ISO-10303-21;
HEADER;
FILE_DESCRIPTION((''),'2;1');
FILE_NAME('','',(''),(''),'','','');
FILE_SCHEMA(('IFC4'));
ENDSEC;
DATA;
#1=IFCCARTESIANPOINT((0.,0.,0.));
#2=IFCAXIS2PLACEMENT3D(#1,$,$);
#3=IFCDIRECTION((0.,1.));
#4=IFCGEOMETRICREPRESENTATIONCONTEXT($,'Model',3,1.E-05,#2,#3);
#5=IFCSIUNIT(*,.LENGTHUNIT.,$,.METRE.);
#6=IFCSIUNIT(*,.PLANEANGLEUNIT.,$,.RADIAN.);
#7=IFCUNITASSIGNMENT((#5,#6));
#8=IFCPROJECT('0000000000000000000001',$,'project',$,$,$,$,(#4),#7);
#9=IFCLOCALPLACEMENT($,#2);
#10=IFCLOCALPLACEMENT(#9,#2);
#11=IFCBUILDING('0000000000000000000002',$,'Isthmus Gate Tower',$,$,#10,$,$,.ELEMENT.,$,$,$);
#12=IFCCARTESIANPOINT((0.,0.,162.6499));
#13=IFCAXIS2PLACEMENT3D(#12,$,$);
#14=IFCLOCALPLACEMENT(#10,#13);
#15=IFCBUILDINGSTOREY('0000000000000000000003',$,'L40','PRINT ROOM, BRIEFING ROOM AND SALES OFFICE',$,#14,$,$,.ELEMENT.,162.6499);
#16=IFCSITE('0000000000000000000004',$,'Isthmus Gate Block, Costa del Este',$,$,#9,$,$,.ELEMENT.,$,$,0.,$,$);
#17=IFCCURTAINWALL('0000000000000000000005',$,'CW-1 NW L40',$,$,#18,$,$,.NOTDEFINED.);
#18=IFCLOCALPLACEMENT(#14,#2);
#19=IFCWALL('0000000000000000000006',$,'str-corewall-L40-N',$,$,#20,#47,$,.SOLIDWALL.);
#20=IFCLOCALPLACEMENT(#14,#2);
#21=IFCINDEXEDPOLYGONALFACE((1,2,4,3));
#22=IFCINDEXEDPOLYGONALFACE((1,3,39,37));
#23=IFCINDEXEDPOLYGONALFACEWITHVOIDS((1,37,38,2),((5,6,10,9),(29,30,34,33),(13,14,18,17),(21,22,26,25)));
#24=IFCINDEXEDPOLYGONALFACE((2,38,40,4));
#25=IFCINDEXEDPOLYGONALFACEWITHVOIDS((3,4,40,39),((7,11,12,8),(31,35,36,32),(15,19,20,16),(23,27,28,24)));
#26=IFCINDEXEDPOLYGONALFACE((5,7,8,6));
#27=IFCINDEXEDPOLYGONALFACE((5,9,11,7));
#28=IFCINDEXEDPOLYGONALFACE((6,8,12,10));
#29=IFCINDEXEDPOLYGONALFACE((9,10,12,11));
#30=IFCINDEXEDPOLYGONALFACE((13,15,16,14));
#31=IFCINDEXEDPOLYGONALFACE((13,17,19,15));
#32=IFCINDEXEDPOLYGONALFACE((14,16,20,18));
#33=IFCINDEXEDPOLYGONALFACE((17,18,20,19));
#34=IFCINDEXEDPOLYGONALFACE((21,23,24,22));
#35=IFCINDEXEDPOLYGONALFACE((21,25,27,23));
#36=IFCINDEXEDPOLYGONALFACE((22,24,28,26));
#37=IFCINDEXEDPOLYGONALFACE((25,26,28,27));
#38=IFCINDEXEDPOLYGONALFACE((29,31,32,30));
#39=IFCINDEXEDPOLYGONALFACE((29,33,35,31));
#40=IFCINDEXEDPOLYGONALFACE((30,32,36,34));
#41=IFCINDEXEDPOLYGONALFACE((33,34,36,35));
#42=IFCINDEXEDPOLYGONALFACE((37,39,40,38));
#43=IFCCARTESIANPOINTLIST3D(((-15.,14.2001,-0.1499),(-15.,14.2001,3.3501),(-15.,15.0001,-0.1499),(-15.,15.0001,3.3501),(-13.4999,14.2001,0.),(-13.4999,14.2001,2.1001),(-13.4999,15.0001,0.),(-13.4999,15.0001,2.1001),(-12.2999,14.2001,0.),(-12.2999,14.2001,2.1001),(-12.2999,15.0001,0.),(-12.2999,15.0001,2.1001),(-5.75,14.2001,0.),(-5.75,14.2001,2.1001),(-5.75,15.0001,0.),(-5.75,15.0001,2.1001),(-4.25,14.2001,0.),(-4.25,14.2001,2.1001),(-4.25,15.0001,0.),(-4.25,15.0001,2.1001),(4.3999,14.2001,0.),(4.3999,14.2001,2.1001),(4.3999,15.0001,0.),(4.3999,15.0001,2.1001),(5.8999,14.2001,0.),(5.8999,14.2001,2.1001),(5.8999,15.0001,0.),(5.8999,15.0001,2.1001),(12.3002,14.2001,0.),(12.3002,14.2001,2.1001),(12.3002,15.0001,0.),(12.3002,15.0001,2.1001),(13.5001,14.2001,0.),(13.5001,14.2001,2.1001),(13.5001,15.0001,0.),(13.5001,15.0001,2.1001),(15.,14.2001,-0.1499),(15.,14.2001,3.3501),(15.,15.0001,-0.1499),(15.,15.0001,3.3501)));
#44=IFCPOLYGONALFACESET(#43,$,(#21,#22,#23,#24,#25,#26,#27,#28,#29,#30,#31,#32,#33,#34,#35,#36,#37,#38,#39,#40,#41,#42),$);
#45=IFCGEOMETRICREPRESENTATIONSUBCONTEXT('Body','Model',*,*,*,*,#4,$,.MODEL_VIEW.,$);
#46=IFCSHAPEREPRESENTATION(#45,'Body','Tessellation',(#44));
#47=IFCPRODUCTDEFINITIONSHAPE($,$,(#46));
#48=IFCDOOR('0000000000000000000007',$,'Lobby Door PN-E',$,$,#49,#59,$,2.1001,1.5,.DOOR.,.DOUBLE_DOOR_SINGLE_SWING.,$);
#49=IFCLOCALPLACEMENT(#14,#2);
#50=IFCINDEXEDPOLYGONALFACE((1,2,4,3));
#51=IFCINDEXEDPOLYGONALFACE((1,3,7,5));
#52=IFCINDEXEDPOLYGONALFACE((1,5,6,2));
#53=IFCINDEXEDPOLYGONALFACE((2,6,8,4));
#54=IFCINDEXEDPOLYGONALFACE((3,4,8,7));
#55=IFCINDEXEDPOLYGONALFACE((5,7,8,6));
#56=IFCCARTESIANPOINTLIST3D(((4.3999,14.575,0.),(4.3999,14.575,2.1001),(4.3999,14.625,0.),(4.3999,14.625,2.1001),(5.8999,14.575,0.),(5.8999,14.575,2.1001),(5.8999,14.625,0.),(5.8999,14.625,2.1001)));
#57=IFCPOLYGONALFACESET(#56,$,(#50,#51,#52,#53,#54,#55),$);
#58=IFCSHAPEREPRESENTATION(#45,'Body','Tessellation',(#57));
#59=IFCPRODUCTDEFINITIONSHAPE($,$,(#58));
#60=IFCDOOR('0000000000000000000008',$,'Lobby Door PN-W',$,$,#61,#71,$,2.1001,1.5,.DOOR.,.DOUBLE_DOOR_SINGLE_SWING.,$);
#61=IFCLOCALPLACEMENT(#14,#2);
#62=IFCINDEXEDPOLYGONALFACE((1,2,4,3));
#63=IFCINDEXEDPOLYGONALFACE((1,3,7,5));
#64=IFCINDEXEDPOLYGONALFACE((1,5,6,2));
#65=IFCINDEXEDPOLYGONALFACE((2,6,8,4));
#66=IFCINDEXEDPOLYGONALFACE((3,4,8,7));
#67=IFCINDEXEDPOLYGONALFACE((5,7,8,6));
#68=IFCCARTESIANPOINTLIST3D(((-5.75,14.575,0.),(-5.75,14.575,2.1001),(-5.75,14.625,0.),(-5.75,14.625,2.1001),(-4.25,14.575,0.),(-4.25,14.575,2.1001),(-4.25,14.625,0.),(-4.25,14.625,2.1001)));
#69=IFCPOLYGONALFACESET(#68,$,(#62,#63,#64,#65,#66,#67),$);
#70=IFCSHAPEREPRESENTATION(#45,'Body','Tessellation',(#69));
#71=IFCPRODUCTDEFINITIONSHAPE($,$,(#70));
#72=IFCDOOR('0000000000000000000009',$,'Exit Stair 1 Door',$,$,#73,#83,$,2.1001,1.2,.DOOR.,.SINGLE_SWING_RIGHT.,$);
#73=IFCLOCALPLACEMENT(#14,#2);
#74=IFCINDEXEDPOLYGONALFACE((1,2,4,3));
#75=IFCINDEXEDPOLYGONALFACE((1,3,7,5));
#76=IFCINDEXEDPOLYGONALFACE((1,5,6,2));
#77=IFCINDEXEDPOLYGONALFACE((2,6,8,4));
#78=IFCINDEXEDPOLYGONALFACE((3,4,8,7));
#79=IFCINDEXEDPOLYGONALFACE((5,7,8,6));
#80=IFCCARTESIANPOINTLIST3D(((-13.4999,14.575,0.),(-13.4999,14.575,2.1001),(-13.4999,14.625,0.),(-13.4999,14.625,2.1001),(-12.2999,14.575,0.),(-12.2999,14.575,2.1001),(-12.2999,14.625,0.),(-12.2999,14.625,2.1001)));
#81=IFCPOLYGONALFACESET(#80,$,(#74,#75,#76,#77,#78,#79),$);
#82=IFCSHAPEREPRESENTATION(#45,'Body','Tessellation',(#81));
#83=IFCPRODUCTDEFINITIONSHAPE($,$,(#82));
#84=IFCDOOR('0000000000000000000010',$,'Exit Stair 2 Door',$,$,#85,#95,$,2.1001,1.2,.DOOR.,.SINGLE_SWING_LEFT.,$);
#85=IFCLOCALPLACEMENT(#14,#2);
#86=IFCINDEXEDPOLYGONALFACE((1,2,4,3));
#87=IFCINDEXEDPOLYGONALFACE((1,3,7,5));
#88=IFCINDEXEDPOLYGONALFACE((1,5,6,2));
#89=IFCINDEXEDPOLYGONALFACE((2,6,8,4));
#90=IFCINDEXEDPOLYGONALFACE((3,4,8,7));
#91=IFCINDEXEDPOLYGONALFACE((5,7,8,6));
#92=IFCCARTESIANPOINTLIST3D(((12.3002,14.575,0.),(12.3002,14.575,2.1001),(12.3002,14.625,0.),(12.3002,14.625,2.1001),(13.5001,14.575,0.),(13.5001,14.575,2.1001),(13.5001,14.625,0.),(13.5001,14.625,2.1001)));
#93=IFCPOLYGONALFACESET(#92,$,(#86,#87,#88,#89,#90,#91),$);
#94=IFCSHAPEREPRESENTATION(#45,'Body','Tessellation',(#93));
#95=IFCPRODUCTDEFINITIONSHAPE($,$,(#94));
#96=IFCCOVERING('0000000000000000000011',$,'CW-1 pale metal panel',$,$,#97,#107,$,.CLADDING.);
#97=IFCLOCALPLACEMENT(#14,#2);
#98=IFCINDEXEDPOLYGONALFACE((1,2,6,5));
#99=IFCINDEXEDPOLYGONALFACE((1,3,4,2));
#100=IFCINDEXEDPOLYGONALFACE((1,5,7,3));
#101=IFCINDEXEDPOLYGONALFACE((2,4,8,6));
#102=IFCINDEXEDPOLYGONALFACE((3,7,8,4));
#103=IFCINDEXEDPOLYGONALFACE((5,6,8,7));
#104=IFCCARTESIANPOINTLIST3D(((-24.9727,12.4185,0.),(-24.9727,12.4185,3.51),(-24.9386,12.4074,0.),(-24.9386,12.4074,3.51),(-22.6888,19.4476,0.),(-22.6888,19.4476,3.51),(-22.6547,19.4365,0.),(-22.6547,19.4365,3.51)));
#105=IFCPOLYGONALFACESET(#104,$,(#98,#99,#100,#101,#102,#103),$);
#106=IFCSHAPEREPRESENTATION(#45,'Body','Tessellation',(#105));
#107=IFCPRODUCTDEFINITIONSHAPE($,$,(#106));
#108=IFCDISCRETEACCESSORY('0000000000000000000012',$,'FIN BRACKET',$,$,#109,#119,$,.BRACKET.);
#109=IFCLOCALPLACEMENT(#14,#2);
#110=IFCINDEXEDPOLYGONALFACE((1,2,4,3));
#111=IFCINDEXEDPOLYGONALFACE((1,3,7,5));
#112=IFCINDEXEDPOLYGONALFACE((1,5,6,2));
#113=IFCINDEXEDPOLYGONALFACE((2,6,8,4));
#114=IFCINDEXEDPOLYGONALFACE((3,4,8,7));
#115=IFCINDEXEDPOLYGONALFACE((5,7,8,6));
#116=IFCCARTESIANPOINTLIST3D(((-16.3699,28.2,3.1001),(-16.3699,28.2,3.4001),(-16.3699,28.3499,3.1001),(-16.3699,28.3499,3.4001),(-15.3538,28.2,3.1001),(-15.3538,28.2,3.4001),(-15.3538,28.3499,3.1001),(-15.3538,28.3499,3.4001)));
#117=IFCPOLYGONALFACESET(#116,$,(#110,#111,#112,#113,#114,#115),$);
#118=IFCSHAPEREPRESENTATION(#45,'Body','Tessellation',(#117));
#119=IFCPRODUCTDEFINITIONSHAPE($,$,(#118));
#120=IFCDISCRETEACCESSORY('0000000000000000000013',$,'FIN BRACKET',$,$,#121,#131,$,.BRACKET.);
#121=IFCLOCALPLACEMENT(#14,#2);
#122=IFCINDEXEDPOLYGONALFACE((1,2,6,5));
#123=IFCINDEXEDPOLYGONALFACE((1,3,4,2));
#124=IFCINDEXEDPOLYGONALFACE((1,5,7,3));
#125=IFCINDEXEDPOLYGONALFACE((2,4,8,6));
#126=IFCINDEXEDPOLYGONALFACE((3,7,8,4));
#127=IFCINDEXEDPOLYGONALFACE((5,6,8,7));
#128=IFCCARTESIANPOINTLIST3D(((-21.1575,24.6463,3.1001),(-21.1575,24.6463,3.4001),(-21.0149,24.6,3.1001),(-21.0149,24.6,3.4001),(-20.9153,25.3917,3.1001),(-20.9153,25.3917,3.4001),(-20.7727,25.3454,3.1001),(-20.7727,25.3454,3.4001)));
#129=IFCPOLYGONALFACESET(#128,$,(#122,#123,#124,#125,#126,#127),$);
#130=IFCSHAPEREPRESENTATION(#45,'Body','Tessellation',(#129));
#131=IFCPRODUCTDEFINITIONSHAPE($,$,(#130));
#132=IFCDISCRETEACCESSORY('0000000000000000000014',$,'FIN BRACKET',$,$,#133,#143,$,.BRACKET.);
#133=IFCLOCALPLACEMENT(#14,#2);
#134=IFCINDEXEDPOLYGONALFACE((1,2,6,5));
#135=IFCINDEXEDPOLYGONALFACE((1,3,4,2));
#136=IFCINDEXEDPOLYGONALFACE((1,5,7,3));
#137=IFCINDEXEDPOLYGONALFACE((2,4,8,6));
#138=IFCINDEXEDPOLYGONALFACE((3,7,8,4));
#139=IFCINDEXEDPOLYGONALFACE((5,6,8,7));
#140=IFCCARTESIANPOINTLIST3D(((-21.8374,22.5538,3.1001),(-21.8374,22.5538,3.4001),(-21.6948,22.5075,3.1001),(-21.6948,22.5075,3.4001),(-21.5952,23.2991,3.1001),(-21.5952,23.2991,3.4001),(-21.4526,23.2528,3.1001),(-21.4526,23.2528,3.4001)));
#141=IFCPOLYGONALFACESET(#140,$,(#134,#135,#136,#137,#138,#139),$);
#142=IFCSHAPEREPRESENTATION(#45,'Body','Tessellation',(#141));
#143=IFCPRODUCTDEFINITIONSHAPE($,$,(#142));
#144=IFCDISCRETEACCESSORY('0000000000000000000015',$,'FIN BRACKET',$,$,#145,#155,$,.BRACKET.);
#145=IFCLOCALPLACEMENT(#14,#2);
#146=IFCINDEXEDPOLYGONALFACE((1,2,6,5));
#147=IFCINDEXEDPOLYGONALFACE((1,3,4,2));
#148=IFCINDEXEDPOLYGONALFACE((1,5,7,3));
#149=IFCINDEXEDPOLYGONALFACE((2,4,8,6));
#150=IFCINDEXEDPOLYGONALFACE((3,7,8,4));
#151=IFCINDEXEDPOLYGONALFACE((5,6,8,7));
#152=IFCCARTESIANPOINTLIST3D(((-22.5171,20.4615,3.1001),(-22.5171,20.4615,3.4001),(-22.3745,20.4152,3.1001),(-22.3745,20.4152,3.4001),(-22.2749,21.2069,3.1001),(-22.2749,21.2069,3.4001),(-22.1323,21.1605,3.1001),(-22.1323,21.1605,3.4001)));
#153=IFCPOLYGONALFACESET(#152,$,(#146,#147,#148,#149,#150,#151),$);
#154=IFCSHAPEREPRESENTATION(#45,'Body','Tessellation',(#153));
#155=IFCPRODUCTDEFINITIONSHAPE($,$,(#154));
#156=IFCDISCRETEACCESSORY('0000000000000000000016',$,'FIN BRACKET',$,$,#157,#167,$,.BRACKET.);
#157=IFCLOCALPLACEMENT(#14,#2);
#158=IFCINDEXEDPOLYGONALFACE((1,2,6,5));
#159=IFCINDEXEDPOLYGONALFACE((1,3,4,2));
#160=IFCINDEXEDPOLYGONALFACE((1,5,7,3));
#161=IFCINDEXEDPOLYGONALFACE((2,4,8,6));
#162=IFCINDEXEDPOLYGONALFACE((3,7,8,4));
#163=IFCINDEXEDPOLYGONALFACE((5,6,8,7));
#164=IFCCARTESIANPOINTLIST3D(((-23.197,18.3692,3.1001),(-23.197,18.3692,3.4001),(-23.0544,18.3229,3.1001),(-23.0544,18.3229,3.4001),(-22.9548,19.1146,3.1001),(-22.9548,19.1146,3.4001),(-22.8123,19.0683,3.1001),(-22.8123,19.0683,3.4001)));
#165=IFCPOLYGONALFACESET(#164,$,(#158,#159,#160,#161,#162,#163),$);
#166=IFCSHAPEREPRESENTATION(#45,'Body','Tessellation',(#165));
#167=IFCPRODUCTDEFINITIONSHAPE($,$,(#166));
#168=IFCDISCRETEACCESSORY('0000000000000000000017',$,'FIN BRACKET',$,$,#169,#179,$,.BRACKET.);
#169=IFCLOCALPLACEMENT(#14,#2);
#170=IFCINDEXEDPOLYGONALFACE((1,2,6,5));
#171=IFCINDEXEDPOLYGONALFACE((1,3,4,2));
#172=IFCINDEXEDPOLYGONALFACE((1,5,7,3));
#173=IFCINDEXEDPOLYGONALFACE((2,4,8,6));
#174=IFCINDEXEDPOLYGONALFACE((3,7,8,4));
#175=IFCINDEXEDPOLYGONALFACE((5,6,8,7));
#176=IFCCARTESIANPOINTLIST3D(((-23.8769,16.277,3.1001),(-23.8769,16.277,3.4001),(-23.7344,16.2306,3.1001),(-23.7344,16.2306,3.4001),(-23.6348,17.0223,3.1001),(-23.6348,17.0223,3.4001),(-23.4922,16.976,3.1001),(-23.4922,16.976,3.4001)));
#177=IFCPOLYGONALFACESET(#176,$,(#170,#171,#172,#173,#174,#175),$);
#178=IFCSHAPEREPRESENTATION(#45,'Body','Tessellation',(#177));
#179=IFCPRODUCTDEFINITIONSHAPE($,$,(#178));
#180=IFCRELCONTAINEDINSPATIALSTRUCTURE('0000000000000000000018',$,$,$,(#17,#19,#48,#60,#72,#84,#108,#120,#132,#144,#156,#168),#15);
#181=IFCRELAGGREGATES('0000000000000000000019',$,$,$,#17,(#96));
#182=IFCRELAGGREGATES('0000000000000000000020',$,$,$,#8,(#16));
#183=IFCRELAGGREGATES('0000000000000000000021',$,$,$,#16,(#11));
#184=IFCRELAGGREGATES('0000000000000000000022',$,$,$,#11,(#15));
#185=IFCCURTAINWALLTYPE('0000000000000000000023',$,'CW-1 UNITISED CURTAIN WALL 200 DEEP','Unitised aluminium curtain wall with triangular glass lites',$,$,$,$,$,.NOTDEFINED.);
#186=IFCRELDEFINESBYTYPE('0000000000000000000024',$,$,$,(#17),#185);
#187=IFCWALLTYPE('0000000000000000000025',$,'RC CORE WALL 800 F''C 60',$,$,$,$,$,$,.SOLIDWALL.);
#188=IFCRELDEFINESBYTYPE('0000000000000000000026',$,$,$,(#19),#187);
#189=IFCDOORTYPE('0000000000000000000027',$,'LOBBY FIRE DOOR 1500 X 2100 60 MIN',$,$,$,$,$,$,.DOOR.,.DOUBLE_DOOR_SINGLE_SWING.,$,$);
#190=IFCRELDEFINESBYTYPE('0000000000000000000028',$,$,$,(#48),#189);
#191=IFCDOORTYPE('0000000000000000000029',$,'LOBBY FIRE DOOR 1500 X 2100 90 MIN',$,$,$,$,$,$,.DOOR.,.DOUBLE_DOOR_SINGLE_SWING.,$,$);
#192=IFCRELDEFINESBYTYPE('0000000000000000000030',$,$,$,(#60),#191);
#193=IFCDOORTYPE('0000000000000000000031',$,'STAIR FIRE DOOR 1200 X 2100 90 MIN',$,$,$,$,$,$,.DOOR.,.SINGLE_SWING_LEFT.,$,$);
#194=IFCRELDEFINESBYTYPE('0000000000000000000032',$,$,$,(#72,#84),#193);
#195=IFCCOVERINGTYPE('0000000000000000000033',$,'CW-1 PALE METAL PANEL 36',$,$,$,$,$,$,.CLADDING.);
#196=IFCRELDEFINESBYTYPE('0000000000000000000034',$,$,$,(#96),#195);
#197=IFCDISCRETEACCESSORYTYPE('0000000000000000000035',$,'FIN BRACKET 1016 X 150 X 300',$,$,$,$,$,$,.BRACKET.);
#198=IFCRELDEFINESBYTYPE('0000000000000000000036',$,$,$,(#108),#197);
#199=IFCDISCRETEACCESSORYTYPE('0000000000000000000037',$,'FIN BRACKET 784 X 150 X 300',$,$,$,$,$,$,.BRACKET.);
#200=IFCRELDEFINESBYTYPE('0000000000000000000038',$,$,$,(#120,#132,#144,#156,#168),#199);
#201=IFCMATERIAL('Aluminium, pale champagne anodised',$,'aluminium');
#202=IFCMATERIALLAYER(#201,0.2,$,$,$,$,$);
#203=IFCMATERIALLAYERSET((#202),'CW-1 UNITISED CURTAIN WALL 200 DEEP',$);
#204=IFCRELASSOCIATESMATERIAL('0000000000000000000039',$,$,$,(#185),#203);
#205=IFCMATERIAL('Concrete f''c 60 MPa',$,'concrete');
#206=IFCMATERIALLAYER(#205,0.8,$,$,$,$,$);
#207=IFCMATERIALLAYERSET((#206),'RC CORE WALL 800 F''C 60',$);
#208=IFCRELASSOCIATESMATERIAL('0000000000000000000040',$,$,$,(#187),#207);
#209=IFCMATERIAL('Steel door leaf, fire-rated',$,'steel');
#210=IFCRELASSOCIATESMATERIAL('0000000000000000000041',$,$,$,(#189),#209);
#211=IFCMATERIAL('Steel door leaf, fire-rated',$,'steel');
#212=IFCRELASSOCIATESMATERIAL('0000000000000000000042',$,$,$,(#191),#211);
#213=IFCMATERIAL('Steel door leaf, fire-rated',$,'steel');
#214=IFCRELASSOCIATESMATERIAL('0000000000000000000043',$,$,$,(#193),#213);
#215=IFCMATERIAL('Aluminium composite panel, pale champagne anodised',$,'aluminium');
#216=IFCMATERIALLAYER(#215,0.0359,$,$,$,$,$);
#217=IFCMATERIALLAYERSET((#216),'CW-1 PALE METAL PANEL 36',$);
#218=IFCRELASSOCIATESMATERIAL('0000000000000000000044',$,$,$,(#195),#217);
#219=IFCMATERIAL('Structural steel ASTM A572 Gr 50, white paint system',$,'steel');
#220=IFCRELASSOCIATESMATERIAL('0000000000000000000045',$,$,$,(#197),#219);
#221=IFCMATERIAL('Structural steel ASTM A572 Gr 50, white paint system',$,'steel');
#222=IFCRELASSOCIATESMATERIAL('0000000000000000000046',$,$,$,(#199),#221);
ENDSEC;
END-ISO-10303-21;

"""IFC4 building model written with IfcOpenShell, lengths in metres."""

from ifc_helpers import new_model, si_unit, direction, frame, frame_2d, origin, origin_2d, place, context, subcontext, project, spatial, rectangle, extrude, material, layer, layer_set, type_object, element, fill, aggregate, save


model = new_model("IFC4")

# Units and contexts
model_context = context("Model", 3, precision=1e-05, world=origin(), true_north=direction((0.0, 1.0)))
body_context = subcontext(model_context, "Body", "Model", "MODEL_VIEW")
ifc_project = project(units=[si_unit("LENGTHUNIT", "METRE"), si_unit("PLANEANGLEUNIT", "RADIAN")], contexts=[model_context])

# Site, building, storey
site_placement = place(None, origin())
site = spatial("IfcSite", under=ifc_project, at=site_placement, Name="Isthmus Gate Block, Costa del Este", CompositionType="ELEMENT", RefElevation=0.0)
building_placement = place(site_placement, origin())
building = spatial("IfcBuilding", under=site, at=building_placement, Name="Isthmus Gate Tower", CompositionType="ELEMENT")
storey_placement = place(building_placement, frame((0.0, 0.0, 162.6499)))
storey = spatial("IfcBuildingStorey", under=building, at=storey_placement, Name="L40", Description="PRINT ROOM, BRIEFING ROOM AND SALES OFFICE", CompositionType="ELEMENT", Elevation=162.6499)

# Curtain wall
ifc_material_1 = material(Name="Aluminium, pale champagne anodised", Category="aluminium")
ifc_layer_1 = layer(ifc_material_1, 0.2)
ifc_layer_set_1 = layer_set([ifc_layer_1], Name="CW-1 UNITISED CURTAIN WALL 200 DEEP")
curtain_wall_type = type_object("IfcCurtainWallType", Name="CW-1 UNITISED CURTAIN WALL 200 DEEP", Description="Unitised aluminium curtain wall with triangular glass lites", PredefinedType="NOTDEFINED", material=ifc_layer_set_1)
curtain_wall_1_placement = place(storey_placement, origin())
curtain_wall_1 = element("IfcCurtainWall", 1, at=curtain_wall_1_placement, inside=storey, type_object=curtain_wall_type, Name="CW-1 NW L40", PredefinedType="NOTDEFINED")

# Wall, openings, doors
ifc_material_2 = material(Name="Concrete f'c 60 MPa", Category="concrete")
ifc_layer_2 = layer(ifc_material_2, 0.8)
ifc_layer_set_2 = layer_set([ifc_layer_2], Name="RC CORE WALL 800 F'C 60")
wall_type_1 = type_object("IfcWallType", Name="RC CORE WALL 800 F'C 60", PredefinedType="SOLIDWALL", material=ifc_layer_set_2)
wall_1_placement = place(storey_placement, frame((-15.0, 14.6001, -0.1499), z_axis=(0.0, 0.0, 1.0), x_axis=(1.0, 0.0, 0.0)))
wall_1 = element("IfcWall", 2, at=wall_1_placement, inside=storey, type_object=wall_type_1, Name="str-corewall-L40-N", PredefinedType="SOLIDWALL", context=body_context, shape_type="SweptSolid", body=[
    extrude(rectangle(XDim=30.0, YDim=0.8, at=frame_2d((15.0, 0.0))), origin(), (0.0, 0.0, 1.0), 3.5),
])
opening_1_placement = place(wall_1_placement, frame((9.25, 0.0, 0.1499)))
opening_1 = element("IfcOpeningElement", 3, at=opening_1_placement, cuts=wall_1, PredefinedType="OPENING", context=body_context, shape_type="SweptSolid", body=[
    extrude(rectangle(XDim=1.5, YDim=2.1001, at=frame_2d((0.75, 1.05))), frame((0.0, 0.4099, 0.0), z_axis=(0.0, -1.0, 0.0), x_axis=(1.0, 0.0, 0.0)), (0.0, 0.0, 1.0), 0.8201),
])
opening_2_placement = place(wall_1_placement, frame((19.3999, 0.0, 0.1499)))
opening_2 = element("IfcOpeningElement", 4, at=opening_2_placement, cuts=wall_1, PredefinedType="OPENING", context=body_context, shape_type="SweptSolid", body=[
    extrude(rectangle(XDim=1.5, YDim=2.1001, at=frame_2d((0.75, 1.05))), frame((0.0, 0.4099, 0.0), z_axis=(0.0, -1.0, 0.0), x_axis=(1.0, 0.0, 0.0)), (0.0, 0.0, 1.0), 0.8201),
])
opening_3_placement = place(wall_1_placement, frame((1.5, 0.0, 0.1499)))
opening_3 = element("IfcOpeningElement", 5, at=opening_3_placement, cuts=wall_1, PredefinedType="OPENING", context=body_context, shape_type="SweptSolid", body=[
    extrude(rectangle(XDim=1.2, YDim=2.1001, at=frame_2d((0.6001, 1.05))), frame((0.0, 0.4099, 0.0), z_axis=(0.0, -1.0, 0.0), x_axis=(1.0, 0.0, 0.0)), (0.0, 0.0, 1.0), 0.8201),
])
opening_4_placement = place(wall_1_placement, frame((27.3, 0.0, 0.1499)))
opening_4 = element("IfcOpeningElement", 6, at=opening_4_placement, cuts=wall_1, PredefinedType="OPENING", context=body_context, shape_type="SweptSolid", body=[
    extrude(rectangle(XDim=1.2, YDim=2.1001, at=frame_2d((0.6001, 1.05))), frame((0.0, 0.4099, 0.0), z_axis=(0.0, -1.0, 0.0), x_axis=(1.0, 0.0, 0.0)), (0.0, 0.0, 1.0), 0.8201),
])
ifc_material_3 = material(Name="Steel door leaf, fire-rated", Category="steel")
door_type_1 = type_object("IfcDoorType", Name="LOBBY FIRE DOOR 1500 X 2100 60 MIN", OperationType="DOUBLE_DOOR_SINGLE_SWING", PredefinedType="DOOR", material=ifc_material_3)
door_1_placement = place(opening_2_placement, origin())
door_1 = element("IfcDoor", 7, at=door_1_placement, inside=storey, type_object=door_type_1, Name="Lobby Door PN-E", OperationType="DOUBLE_DOOR_SINGLE_SWING", OverallHeight=2.1001, OverallWidth=1.5, PredefinedType="DOOR", context=body_context, shape_type="SweptSolid", body=[
    extrude(rectangle(XDim=1.5, YDim=2.1001, at=frame_2d((0.75, 1.05))), frame((0.0, 0.0249, 0.0), z_axis=(0.0, -1.0, 0.0), x_axis=(1.0, 0.0, 0.0)), (0.0, 0.0, 1.0), 0.05),
])
fill(opening_2, door_1)
ifc_material_4 = material(Name="Steel door leaf, fire-rated", Category="steel")
door_type_2 = type_object("IfcDoorType", Name="LOBBY FIRE DOOR 1500 X 2100 90 MIN", OperationType="DOUBLE_DOOR_SINGLE_SWING", PredefinedType="DOOR", material=ifc_material_4)
door_2_placement = place(opening_1_placement, origin())
door_2 = element("IfcDoor", 8, at=door_2_placement, inside=storey, type_object=door_type_2, Name="Lobby Door PN-W", OperationType="DOUBLE_DOOR_SINGLE_SWING", OverallHeight=2.1001, OverallWidth=1.5, PredefinedType="DOOR", context=body_context, shape_type="SweptSolid", body=[
    extrude(rectangle(XDim=1.5, YDim=2.1001, at=frame_2d((0.75, 1.05))), frame((0.0, 0.0249, 0.0), z_axis=(0.0, -1.0, 0.0), x_axis=(1.0, 0.0, 0.0)), (0.0, 0.0, 1.0), 0.05),
])
fill(opening_1, door_2)
ifc_material_5 = material(Name="Steel door leaf, fire-rated", Category="steel")
door_type_3 = type_object("IfcDoorType", Name="STAIR FIRE DOOR 1200 X 2100 90 MIN", OperationType="SINGLE_SWING_LEFT", PredefinedType="DOOR", material=ifc_material_5)
door_3_placement = place(opening_3_placement, origin())
door_3 = element("IfcDoor", 9, at=door_3_placement, inside=storey, type_object=door_type_3, Name="Exit Stair 1 Door", OperationType="SINGLE_SWING_RIGHT", OverallHeight=2.1001, OverallWidth=1.2, PredefinedType="DOOR", context=body_context, shape_type="SweptSolid", body=[
    extrude(rectangle(XDim=1.2, YDim=2.1001, at=frame_2d((0.6001, 1.05))), frame((0.0, 0.0249, 0.0), z_axis=(0.0, -1.0, 0.0), x_axis=(1.0, 0.0, 0.0)), (0.0, 0.0, 1.0), 0.05),
])
fill(opening_3, door_3)
door_4_placement = place(opening_4_placement, origin())
door_4 = element("IfcDoor", 10, at=door_4_placement, inside=storey, type_object=door_type_3, Name="Exit Stair 2 Door", OperationType="SINGLE_SWING_LEFT", OverallHeight=2.1001, OverallWidth=1.2, PredefinedType="DOOR", context=body_context, shape_type="SweptSolid", body=[
    extrude(rectangle(XDim=1.2, YDim=2.1001, at=frame_2d((0.6001, 1.05))), frame((0.0, 0.0249, 0.0), z_axis=(0.0, -1.0, 0.0), x_axis=(1.0, 0.0, 0.0)), (0.0, 0.0, 1.0), 0.05),
])
fill(opening_4, door_4)

# Covering
ifc_material_6 = material(Name="Aluminium composite panel, pale champagne anodised", Category="aluminium")
ifc_layer_3 = layer(ifc_material_6, 0.0359)
ifc_layer_set_3 = layer_set([ifc_layer_3], Name="CW-1 PALE METAL PANEL 36")
covering_type = type_object("IfcCoveringType", Name="CW-1 PALE METAL PANEL 36", PredefinedType="CLADDING", material=ifc_layer_set_3)
covering_placement = place(storey_placement, frame((-23.8137, 15.9275, 0.0), z_axis=(0.0, 0.0, 1.0), x_axis=(-0.309017, -0.951057, 0.0)))
covering = element("IfcCovering", 11, at=covering_placement, type_object=covering_type, Name="CW-1 pale metal panel", PredefinedType="CLADDING", context=body_context, shape_type="SweptSolid", body=[
    extrude(rectangle(XDim=7.3909, YDim=0.0359, at=origin_2d()), origin(), (0.0, 0.0, 1.0), 3.51),
])
aggregate(curtain_wall_1, [covering])

# Discrete accessories
ifc_material_7 = material(Name="Structural steel ASTM A572 Gr 50, white paint system", Category="steel")
discrete_accessory_type_1 = type_object("IfcDiscreteAccessoryType", Name="FIN BRACKET 1016 X 150 X 300", PredefinedType="BRACKET", material=ifc_material_7)
discrete_accessory_placement = place(storey_placement, frame((-15.8618, 28.2749, 3.1001), z_axis=(0.0, 0.0, 1.0), x_axis=(0.0, 1.0, 0.0)))
element("IfcDiscreteAccessory", 12, at=discrete_accessory_placement, inside=storey, type_object=discrete_accessory_type_1, Name="FIN BRACKET", PredefinedType="BRACKET", context=body_context, shape_type="SweptSolid", body=[
    extrude(rectangle(XDim=0.1499, YDim=1.0161, at=origin_2d()), origin(), (0.0, 0.0, 1.0), 0.3),
])
ifc_material_8 = material(Name="Structural steel ASTM A572 Gr 50, white paint system", Category="steel")
discrete_accessory_type_2 = type_object("IfcDiscreteAccessoryType", Name="FIN BRACKET 784 X 150 X 300", PredefinedType="BRACKET", material=ifc_material_8)
for number, where, z_axis, x_axis, name in (
    (13, (-20.9651, 24.9958, 3.1001), (0.0, 0.0, 1.0), (-0.951057, 0.309017, 0.0), "FIN BRACKET"),
    (14, (-21.645, 22.9033, 3.1001), (0.0, 0.0, 1.0), (-0.951057, 0.309017, 0.0), "FIN BRACKET"),
    (15, (-22.3247, 20.811, 3.1001), (0.0, 0.0, 1.0), (-0.951057, 0.309017, 0.0), "FIN BRACKET"),
    (16, (-23.0046, 18.7188, 3.1001), (0.0, 0.0, 1.0), (-0.951057, 0.309017, 0.0), "FIN BRACKET"),
    (17, (-23.6846, 16.6265, 3.1001), (0.0, 0.0, 1.0), (-0.951057, 0.309017, 0.0), "FIN BRACKET"),
):
    element("IfcDiscreteAccessory", number, at=place(storey_placement, frame(where, z_axis=z_axis, x_axis=x_axis)), inside=storey, type_object=discrete_accessory_type_2, Name=name, PredefinedType="BRACKET", context=body_context, shape_type="SweptSolid", body=[
        extrude(rectangle(XDim=0.1499, YDim=0.7837, at=origin_2d()), origin(), (0.0, 0.0, 1.0), 0.3),
    ])

save(model, "model.ifc")
